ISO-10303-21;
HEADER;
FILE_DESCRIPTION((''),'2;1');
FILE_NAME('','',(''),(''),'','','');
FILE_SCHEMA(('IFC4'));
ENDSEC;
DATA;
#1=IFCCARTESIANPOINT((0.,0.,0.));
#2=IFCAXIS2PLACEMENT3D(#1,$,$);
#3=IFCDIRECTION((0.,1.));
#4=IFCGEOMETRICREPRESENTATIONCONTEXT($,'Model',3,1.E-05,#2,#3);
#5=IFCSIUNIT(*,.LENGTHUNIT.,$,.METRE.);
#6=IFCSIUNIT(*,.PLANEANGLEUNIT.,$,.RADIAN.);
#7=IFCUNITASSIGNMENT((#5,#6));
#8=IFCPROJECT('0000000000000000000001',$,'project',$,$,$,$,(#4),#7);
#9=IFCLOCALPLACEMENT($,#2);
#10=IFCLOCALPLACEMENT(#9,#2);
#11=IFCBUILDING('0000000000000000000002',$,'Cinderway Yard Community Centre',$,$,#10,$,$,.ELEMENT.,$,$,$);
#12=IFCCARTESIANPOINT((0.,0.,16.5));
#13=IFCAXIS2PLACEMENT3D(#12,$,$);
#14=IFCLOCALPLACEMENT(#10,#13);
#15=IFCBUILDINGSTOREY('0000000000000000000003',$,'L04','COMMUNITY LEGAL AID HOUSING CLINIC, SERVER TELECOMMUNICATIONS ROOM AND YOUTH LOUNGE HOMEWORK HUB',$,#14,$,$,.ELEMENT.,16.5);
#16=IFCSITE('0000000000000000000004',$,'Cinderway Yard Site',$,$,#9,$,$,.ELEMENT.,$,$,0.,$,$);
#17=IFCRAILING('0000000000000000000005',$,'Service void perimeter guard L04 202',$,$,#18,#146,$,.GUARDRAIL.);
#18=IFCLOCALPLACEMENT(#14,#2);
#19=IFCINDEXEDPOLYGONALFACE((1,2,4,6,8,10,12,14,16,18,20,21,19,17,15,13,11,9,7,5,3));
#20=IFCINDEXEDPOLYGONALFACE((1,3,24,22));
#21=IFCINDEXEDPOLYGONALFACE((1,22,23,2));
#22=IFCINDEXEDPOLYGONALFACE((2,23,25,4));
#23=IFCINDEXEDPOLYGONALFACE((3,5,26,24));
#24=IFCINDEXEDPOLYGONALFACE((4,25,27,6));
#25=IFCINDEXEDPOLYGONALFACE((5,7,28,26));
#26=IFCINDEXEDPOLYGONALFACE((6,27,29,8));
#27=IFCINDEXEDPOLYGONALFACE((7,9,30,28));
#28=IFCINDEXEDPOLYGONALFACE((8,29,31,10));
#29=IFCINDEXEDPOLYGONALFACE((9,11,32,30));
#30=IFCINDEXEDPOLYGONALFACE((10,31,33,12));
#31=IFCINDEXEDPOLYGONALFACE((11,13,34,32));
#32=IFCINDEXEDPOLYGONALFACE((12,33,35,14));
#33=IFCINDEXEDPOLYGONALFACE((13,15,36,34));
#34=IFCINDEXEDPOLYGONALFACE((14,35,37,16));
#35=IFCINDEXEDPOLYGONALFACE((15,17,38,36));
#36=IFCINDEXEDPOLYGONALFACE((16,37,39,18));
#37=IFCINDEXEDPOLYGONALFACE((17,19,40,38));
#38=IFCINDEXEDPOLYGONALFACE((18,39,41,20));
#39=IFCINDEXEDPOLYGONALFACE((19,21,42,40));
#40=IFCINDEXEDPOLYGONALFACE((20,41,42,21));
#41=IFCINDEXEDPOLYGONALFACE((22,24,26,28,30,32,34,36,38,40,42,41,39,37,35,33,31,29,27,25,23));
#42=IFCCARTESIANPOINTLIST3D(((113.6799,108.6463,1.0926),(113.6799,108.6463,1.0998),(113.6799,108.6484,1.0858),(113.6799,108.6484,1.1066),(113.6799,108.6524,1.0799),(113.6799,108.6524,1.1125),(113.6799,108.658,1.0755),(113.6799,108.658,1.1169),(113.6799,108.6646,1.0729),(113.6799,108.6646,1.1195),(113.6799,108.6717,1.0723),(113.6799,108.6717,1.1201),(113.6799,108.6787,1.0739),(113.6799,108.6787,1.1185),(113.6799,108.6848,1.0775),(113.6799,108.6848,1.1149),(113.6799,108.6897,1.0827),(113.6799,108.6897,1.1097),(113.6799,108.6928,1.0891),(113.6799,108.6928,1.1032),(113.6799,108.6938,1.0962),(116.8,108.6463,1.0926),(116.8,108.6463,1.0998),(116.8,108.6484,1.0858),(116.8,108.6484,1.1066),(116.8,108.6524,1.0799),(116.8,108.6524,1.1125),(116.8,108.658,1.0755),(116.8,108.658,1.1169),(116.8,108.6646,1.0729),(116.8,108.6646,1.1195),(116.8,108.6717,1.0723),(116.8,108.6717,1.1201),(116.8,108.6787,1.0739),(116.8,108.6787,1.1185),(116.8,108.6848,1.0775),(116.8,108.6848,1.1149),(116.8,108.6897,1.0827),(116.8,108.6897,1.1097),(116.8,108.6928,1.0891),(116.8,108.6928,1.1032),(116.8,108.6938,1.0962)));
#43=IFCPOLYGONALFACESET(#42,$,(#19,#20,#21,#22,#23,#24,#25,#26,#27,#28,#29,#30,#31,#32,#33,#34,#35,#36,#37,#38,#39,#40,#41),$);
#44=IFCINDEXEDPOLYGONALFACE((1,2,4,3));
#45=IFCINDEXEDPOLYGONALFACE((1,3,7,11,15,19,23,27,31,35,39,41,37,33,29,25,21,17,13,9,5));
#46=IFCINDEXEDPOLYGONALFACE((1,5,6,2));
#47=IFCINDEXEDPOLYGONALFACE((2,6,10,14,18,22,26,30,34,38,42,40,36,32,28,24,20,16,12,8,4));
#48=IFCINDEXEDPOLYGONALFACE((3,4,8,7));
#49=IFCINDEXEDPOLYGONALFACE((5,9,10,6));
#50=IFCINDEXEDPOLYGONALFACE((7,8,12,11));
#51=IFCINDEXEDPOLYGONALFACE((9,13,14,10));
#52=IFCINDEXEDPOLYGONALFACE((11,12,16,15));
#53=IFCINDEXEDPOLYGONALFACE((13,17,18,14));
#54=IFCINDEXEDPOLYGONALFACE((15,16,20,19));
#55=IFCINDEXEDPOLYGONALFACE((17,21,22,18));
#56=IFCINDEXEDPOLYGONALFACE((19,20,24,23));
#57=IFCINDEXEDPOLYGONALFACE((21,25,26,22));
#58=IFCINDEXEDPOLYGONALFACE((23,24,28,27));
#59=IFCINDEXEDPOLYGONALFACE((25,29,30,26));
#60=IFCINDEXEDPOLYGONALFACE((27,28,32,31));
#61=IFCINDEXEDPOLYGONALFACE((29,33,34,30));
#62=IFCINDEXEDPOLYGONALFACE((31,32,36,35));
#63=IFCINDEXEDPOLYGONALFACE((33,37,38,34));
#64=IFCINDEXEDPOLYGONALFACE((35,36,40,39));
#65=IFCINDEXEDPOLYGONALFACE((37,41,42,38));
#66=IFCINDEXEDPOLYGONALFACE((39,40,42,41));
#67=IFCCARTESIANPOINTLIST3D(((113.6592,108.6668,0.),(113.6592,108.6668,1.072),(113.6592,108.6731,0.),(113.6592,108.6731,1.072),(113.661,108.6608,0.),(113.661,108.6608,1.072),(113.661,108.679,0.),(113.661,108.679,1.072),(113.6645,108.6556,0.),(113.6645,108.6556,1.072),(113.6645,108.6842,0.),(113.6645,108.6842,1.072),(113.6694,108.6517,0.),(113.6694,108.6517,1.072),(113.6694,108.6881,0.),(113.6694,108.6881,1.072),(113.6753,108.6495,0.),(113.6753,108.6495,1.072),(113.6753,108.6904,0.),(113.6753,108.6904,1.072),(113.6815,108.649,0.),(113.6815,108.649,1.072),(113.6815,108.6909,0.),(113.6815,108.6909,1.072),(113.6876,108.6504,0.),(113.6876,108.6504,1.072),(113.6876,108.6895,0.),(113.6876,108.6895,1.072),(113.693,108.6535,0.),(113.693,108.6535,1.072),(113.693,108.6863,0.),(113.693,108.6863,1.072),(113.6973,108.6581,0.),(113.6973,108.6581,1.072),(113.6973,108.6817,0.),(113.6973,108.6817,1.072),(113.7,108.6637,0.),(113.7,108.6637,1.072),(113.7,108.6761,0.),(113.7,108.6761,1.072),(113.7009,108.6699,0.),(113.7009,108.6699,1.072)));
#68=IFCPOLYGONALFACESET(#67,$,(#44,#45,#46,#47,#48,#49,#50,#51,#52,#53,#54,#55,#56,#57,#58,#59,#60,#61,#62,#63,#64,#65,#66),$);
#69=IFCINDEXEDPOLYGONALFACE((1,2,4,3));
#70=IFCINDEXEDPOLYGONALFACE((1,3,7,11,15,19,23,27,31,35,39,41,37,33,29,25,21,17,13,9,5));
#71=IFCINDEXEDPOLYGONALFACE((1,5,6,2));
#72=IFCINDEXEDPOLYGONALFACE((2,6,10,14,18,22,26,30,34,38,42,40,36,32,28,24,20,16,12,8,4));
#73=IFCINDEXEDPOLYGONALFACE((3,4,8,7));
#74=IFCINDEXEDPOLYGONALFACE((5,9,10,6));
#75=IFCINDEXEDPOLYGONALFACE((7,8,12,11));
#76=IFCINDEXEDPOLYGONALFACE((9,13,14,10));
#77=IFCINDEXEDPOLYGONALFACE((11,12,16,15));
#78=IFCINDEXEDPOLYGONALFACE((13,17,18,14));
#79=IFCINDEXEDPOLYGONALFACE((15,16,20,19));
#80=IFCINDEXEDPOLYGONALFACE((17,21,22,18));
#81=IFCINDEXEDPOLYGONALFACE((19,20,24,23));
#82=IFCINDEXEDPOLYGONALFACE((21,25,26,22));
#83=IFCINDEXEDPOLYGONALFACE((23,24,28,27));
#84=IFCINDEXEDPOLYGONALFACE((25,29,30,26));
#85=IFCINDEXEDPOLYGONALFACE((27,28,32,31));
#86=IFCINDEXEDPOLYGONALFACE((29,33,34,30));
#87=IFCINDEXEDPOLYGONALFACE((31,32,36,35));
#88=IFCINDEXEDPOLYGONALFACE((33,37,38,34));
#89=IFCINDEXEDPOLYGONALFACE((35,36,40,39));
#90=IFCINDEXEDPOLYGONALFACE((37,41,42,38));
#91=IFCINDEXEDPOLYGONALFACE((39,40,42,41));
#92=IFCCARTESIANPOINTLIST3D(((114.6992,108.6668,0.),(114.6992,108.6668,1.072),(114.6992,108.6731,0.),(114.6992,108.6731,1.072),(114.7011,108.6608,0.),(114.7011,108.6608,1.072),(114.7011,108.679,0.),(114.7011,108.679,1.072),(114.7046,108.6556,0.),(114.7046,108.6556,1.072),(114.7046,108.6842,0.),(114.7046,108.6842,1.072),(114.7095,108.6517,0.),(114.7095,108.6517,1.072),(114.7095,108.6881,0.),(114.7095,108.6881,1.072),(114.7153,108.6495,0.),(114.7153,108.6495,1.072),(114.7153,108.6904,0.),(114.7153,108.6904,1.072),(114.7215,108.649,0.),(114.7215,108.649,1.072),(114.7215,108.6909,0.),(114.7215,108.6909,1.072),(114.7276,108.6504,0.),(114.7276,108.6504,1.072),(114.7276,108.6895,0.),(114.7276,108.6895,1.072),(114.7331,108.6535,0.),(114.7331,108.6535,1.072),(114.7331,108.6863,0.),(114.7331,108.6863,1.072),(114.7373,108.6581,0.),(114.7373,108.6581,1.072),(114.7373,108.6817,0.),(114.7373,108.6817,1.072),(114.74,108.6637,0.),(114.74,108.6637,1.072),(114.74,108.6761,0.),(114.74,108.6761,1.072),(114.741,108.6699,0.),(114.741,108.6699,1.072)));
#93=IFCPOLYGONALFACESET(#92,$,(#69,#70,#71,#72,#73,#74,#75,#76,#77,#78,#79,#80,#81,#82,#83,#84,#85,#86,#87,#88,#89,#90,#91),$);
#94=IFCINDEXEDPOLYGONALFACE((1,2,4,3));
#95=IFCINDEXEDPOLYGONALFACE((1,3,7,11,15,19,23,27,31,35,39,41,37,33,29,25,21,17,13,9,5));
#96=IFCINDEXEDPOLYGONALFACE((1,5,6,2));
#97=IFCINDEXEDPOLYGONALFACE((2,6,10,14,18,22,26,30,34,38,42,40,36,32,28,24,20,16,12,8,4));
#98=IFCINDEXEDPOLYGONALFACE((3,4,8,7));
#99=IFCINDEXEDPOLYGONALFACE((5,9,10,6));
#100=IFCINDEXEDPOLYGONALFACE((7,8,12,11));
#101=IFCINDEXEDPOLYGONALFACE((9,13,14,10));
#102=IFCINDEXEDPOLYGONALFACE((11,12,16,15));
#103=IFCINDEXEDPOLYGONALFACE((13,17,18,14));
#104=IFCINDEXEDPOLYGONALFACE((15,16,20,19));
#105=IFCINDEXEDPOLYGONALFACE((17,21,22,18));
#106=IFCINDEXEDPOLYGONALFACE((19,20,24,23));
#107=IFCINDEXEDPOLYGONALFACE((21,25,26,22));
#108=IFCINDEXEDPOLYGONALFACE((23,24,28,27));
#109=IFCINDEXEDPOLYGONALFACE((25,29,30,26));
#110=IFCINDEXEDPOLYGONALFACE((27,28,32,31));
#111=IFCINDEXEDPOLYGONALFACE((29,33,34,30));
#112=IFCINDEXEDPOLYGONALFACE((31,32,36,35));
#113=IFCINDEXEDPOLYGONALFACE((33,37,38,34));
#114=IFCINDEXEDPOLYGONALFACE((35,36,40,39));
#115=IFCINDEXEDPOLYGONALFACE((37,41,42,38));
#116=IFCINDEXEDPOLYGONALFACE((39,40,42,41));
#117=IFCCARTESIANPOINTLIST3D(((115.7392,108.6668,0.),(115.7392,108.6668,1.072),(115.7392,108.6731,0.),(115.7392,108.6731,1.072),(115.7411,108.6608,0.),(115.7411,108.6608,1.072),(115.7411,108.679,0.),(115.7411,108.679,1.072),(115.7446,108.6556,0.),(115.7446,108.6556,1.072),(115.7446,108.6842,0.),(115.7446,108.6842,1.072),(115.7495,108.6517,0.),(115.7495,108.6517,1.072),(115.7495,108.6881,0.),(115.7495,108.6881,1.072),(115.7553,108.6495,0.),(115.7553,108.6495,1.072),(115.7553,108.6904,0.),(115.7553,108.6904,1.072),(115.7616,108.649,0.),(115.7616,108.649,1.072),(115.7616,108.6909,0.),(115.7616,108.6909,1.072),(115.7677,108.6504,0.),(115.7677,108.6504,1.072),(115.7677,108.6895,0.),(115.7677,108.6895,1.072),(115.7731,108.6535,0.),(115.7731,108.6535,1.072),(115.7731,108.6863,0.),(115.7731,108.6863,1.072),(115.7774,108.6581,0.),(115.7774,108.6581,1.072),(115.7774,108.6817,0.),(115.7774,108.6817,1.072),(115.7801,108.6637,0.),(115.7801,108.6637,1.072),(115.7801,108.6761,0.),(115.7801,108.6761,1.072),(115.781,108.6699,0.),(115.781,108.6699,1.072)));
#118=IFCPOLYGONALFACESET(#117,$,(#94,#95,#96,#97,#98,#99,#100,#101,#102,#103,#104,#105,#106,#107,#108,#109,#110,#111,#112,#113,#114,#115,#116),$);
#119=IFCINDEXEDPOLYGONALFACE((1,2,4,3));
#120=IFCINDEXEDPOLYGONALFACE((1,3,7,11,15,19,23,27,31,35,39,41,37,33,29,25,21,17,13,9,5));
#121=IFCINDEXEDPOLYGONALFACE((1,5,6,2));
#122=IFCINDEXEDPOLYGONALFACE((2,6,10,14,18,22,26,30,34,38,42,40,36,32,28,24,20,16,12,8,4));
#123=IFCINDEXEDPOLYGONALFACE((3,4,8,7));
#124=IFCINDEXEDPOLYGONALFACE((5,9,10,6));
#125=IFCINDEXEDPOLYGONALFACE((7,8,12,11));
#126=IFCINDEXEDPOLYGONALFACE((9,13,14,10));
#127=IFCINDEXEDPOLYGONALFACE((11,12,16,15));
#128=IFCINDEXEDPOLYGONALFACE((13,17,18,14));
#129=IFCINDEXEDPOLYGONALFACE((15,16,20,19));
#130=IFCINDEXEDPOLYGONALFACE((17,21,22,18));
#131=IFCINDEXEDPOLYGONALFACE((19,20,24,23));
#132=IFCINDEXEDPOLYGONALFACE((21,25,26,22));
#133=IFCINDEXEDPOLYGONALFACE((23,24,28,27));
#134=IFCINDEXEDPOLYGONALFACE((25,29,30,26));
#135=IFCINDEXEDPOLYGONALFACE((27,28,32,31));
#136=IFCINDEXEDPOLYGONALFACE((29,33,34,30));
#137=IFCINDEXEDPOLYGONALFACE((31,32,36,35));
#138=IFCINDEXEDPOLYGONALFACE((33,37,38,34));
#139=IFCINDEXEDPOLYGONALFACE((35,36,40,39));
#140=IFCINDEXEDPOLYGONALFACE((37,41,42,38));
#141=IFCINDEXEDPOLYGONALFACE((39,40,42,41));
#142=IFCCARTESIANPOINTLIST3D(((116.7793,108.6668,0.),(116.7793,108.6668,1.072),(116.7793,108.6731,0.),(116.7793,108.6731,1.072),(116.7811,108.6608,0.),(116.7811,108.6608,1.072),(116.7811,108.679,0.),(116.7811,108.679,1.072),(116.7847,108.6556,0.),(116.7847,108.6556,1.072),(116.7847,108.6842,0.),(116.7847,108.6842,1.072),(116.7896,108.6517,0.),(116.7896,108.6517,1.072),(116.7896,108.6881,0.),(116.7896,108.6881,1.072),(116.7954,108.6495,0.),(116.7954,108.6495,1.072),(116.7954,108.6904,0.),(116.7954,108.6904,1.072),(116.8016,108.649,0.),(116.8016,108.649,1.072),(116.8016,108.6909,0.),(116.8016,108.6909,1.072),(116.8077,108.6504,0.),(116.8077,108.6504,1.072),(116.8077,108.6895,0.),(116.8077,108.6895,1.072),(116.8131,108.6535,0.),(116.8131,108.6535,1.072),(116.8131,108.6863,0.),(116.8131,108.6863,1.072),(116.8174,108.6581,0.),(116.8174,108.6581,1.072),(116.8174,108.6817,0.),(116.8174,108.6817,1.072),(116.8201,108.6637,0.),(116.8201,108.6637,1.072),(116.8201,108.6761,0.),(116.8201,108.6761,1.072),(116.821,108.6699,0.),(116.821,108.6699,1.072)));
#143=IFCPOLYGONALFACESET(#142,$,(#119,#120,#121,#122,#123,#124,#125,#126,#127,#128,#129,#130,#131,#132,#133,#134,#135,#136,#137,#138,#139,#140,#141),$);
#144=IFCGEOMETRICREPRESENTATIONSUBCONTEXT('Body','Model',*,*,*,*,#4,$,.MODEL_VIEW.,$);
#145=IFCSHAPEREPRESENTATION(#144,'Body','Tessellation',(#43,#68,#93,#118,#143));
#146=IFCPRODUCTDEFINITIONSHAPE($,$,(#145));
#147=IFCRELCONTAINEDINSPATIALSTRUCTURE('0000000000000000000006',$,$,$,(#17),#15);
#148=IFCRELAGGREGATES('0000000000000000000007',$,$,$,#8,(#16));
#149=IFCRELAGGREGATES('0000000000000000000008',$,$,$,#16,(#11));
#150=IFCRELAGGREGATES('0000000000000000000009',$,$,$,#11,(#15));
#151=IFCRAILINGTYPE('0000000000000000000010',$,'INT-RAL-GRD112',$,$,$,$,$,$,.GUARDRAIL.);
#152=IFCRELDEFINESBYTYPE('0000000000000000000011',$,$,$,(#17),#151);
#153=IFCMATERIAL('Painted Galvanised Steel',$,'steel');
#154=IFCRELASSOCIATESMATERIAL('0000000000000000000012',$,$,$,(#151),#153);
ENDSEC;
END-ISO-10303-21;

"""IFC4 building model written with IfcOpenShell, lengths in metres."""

from ifc_helpers import new_model, si_unit, direction, frame, origin, origin_2d, place, context, subcontext, project, spatial, circle, extrude, material, type_object, element, save


model = new_model("IFC4")

# Units and contexts
model_context = context("Model", 3, precision=1e-05, world=origin(), true_north=direction((0.0, 1.0)))
body_context = subcontext(model_context, "Body", "Model", "MODEL_VIEW")
ifc_project = project(units=[si_unit("LENGTHUNIT", "METRE"), si_unit("PLANEANGLEUNIT", "RADIAN")], contexts=[model_context])

# Site, building, storey
site_placement = place(None, origin())
site = spatial("IfcSite", under=ifc_project, at=site_placement, Name="Cinderway Yard Site", CompositionType="ELEMENT", RefElevation=0.0)
building_placement = place(site_placement, origin())
building = spatial("IfcBuilding", under=site, at=building_placement, Name="Cinderway Yard Community Centre", CompositionType="ELEMENT")
storey_placement = place(building_placement, frame((0.0, 0.0, 16.5)))
storey = spatial("IfcBuildingStorey", under=building, at=storey_placement, Name="L04", Description="COMMUNITY LEGAL AID HOUSING CLINIC, SERVER TELECOMMUNICATIONS ROOM AND YOUTH LOUNGE HOMEWORK HUB", CompositionType="ELEMENT", Elevation=16.5)

# Railing
ifc_material_1 = material(Name="Painted Galvanised Steel", Category="steel")
railing_type_1 = type_object("IfcRailingType", Name="INT-RAL-GRD112", PredefinedType="GUARDRAIL", material=ifc_material_1)
railing_1_placement = place(storey_placement, frame((113.6799, 108.6699, 0.0)))
element("IfcRailing", 1, at=railing_1_placement, inside=storey, type_object=railing_type_1, Name="Service void perimeter guard L04 202", PredefinedType="GUARDRAIL", context=body_context, shape_type="SweptSolid", body=[
    extrude(circle(Radius=0.0239, at=origin_2d()), frame((0.0, 0.0, 1.0962), z_axis=(1.0, 0.0, 0.0), x_axis=(0.0, 1.0, 0.0)), (0.0, 0.0, 1.0), 3.1201),
    extrude(circle(Radius=0.021, at=origin_2d()), origin(), (0.0, 0.0, 1.0), 1.072),
    extrude(circle(Radius=0.021, at=origin_2d()), frame((1.04, 0.0, 0.0)), (0.0, 0.0, 1.0), 1.072),
    extrude(circle(Radius=0.021, at=origin_2d()), frame((2.0801, 0.0, 0.0)), (0.0, 0.0, 1.0), 1.072),
    extrude(circle(Radius=0.021, at=origin_2d()), frame((3.1201, 0.0, 0.0)), (0.0, 0.0, 1.0), 1.072),
])

save(model, "model.ifc")
